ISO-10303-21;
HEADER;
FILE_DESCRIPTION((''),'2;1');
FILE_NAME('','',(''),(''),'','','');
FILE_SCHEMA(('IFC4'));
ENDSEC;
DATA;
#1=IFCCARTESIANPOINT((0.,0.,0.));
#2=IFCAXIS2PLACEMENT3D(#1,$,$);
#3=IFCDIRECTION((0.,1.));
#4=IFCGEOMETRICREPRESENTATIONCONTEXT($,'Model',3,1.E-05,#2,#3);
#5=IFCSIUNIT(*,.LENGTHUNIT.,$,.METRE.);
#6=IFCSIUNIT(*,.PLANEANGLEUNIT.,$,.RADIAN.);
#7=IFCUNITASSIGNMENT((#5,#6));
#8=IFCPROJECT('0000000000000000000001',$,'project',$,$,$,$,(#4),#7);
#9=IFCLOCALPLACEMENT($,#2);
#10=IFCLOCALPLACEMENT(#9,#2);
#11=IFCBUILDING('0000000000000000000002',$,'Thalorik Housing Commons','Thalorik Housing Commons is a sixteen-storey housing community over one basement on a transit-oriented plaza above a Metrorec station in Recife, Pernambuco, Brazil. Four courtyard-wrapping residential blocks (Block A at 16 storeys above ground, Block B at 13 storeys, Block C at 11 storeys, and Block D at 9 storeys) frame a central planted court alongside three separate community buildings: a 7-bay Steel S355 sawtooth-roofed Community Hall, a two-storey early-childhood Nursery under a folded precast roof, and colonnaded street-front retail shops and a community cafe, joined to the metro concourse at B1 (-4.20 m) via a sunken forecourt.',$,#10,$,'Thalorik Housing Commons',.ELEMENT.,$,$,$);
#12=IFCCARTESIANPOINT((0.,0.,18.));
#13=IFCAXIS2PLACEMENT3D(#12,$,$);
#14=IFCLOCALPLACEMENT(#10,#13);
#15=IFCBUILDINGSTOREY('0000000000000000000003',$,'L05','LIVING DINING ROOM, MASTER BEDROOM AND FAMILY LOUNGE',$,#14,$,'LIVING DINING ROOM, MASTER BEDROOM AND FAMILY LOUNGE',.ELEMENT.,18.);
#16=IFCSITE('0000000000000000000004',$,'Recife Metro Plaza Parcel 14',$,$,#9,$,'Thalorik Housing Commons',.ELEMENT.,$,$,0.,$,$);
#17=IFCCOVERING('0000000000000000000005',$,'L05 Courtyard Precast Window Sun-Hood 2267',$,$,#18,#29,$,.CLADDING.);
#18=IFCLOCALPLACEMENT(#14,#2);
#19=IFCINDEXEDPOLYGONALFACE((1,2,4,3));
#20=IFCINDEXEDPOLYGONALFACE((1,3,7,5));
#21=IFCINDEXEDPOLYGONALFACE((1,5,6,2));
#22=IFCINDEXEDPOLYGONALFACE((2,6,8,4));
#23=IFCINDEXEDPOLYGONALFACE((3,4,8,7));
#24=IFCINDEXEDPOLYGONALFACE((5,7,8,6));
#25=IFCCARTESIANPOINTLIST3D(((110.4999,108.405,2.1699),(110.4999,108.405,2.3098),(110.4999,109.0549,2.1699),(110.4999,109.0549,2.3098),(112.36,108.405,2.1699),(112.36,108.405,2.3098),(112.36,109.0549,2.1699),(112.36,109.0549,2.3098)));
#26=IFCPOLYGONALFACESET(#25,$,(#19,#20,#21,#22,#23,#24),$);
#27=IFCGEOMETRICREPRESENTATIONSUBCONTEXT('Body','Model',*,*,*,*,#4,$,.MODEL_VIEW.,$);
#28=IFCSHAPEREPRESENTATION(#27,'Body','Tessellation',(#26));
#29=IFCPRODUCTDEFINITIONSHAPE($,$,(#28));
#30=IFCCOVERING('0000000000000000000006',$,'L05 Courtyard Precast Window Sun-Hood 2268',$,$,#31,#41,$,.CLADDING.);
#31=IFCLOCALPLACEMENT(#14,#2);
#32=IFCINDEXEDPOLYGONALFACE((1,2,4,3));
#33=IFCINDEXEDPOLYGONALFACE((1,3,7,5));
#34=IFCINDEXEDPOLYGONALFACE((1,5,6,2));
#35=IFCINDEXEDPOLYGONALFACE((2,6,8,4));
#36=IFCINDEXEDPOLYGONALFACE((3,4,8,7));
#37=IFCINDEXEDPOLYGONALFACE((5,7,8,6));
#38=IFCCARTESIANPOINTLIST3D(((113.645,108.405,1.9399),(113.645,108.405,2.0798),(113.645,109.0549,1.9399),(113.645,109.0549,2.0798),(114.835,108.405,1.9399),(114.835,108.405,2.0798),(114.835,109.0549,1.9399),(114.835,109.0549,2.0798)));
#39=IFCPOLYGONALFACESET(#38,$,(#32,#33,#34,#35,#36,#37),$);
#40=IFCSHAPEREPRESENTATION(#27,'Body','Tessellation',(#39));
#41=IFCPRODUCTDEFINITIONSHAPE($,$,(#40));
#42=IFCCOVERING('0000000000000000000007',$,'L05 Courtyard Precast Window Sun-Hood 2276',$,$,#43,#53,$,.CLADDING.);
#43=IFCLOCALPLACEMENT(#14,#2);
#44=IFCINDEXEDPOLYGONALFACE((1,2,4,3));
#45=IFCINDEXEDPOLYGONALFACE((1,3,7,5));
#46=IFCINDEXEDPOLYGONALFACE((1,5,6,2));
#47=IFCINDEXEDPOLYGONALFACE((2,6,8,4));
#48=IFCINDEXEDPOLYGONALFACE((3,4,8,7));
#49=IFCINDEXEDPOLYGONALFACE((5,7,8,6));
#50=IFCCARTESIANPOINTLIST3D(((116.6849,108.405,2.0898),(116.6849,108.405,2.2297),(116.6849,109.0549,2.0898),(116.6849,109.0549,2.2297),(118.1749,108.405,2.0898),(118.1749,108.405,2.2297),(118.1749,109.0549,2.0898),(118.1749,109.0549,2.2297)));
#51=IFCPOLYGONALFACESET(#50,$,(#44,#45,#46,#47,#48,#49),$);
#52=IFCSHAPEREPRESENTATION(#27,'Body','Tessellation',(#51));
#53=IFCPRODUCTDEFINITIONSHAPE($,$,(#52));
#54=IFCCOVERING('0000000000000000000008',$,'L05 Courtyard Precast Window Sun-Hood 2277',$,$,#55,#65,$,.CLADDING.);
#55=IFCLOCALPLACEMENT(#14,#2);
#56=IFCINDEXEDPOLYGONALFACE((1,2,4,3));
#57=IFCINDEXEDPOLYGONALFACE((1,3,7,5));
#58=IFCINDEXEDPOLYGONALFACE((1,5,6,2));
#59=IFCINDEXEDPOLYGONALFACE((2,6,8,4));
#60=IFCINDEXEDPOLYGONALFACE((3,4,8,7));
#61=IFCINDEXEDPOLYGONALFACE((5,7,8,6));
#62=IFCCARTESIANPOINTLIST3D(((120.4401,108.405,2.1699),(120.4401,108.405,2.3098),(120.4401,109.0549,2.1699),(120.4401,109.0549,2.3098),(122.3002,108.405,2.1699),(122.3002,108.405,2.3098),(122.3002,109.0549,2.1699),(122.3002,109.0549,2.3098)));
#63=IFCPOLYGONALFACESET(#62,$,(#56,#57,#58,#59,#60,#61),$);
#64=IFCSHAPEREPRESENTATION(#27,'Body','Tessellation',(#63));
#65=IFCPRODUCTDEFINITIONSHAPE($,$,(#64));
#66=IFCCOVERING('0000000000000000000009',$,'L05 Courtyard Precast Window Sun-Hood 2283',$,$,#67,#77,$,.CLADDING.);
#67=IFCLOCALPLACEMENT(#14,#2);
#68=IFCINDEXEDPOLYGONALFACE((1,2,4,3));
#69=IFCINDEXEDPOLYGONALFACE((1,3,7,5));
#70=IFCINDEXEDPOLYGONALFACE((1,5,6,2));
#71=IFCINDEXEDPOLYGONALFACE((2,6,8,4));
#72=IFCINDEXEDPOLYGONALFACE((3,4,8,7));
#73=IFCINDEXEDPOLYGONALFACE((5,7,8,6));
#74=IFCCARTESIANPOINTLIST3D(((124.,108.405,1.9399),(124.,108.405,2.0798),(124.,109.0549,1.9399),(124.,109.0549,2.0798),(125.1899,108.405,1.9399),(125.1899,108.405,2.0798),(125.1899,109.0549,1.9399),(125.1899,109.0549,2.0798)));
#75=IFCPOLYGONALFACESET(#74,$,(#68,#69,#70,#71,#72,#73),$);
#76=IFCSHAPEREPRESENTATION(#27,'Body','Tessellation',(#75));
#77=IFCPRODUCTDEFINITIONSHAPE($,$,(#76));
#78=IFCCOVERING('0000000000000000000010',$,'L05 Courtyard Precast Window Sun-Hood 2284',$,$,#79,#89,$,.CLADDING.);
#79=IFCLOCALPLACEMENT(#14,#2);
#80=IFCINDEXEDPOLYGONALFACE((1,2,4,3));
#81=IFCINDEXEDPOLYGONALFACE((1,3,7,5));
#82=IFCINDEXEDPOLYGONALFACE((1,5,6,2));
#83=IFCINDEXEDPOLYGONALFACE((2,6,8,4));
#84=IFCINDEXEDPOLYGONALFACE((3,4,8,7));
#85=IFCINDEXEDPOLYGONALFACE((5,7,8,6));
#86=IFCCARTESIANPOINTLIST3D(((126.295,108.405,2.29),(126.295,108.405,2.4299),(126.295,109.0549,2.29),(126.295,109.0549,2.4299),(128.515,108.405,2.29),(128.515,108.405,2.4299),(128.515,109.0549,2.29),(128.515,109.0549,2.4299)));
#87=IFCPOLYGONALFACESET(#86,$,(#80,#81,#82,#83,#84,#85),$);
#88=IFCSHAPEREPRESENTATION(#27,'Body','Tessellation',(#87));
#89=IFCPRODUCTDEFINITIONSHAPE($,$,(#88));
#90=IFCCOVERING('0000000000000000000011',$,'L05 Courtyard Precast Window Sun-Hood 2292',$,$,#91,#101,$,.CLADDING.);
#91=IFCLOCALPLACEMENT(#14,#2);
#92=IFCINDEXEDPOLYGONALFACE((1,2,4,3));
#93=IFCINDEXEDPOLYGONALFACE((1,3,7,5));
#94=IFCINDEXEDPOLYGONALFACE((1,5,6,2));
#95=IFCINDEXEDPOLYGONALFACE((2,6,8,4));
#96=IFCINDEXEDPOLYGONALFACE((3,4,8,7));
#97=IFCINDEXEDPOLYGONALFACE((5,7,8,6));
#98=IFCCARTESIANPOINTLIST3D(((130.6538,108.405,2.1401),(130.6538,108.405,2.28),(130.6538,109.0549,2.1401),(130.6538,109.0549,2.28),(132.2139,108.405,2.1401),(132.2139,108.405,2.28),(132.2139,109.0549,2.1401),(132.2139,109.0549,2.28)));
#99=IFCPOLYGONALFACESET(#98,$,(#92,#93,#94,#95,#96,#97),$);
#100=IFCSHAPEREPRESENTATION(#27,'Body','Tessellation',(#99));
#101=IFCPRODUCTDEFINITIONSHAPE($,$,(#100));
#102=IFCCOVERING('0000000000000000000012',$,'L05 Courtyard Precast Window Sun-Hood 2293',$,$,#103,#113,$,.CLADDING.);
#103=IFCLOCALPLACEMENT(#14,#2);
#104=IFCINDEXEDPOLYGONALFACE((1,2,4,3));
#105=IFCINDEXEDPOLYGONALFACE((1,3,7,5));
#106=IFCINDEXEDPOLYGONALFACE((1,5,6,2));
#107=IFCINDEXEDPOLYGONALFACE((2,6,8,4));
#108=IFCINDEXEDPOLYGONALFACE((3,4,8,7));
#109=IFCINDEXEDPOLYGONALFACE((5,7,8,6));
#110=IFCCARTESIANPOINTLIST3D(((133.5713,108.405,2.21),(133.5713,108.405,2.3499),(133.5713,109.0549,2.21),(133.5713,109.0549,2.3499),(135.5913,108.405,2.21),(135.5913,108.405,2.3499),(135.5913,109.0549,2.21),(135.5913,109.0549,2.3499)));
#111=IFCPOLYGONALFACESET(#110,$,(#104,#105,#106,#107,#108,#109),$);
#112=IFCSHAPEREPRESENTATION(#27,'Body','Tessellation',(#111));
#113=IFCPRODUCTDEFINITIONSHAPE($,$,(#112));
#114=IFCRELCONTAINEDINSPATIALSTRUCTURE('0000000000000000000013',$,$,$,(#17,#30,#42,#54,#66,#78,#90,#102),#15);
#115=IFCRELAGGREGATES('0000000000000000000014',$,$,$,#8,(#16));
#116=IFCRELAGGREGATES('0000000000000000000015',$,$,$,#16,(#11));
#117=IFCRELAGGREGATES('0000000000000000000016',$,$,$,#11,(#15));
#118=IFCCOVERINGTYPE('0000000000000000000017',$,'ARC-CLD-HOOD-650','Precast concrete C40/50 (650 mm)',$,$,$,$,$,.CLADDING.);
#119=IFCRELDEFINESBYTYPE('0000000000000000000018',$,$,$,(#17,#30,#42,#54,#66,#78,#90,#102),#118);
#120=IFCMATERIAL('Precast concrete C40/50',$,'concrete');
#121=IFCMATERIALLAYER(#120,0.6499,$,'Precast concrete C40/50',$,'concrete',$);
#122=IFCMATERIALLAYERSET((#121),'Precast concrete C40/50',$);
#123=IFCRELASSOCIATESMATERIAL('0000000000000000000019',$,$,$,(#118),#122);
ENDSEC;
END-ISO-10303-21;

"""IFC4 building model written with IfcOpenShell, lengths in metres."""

from ifc_helpers import new_model, si_unit, direction, frame, origin, origin_2d, place, context, subcontext, project, spatial, rectangle, extrude, material, layer, layer_set, type_object, element, save


model = new_model("IFC4")

# Units and contexts
model_context = context("Model", 3, precision=1e-05, world=origin(), true_north=direction((0.0, 1.0)))
body_context = subcontext(model_context, "Body", "Model", "MODEL_VIEW")
ifc_project = project(units=[si_unit("LENGTHUNIT", "METRE"), si_unit("PLANEANGLEUNIT", "RADIAN")], contexts=[model_context])

# Site, building, storey
site_placement = place(None, origin())
site = spatial("IfcSite", under=ifc_project, at=site_placement, Name="Recife Metro Plaza Parcel 14", LongName="Thalorik Housing Commons", CompositionType="ELEMENT", RefElevation=0.0)
building_placement = place(site_placement, origin())
building = spatial("IfcBuilding", under=site, at=building_placement, Name="Thalorik Housing Commons", Description="Thalorik Housing Commons is a sixteen-storey housing community over one basement on a transit-oriented plaza above a Metrorec station in Recife, Pernambuco, Brazil. Four courtyard-wrapping residential blocks (Block A at 16 storeys above ground, Block B at 13 storeys, Block C at 11 storeys, and Block D at 9 storeys) frame a central planted court alongside three separate community buildings: a 7-bay Steel S355 sawtooth-roofed Community Hall, a two-storey early-childhood Nursery under a folded precast roof, and colonnaded street-front retail shops and a community cafe, joined to the metro concourse at B1 (-4.20 m) via a sunken forecourt.", LongName="Thalorik Housing Commons", CompositionType="ELEMENT")
storey_placement = place(building_placement, frame((0.0, 0.0, 18.0)))
storey = spatial("IfcBuildingStorey", under=building, at=storey_placement, Name="L05", Description="LIVING DINING ROOM, MASTER BEDROOM AND FAMILY LOUNGE", LongName="LIVING DINING ROOM, MASTER BEDROOM AND FAMILY LOUNGE", CompositionType="ELEMENT", Elevation=18.0)

# Coverings
ifc_material = material(Name="Precast concrete C40/50", Category="concrete")
ifc_layer_1 = layer(ifc_material, 0.6499, Name="Precast concrete C40/50", Category="concrete")
ifc_layer_set_1 = layer_set([ifc_layer_1], Name="Precast concrete C40/50")
covering_type_1 = type_object("IfcCoveringType", Name="ARC-CLD-HOOD-650", Description="Precast concrete C40/50 (650 mm)", PredefinedType="CLADDING", material=ifc_layer_set_1)
covering_1_placement = place(storey_placement, frame((111.4299, 108.73, 2.1699), z_axis=(0.0, 0.0, 1.0), x_axis=(1.0, 0.0, 0.0)))
element("IfcCovering", 1, at=covering_1_placement, inside=storey, type_object=covering_type_1, Name="L05 Courtyard Precast Window Sun-Hood 2267", PredefinedType="CLADDING", context=body_context, shape_type="SweptSolid", body=[
    extrude(rectangle(XDim=1.8601, YDim=0.6499, at=origin_2d()), origin(), (0.0, 0.0, 1.0), 0.1399),
])
covering_2_placement = place(storey_placement, frame((114.24, 108.73, 1.9399), z_axis=(0.0, 0.0, 1.0), x_axis=(1.0, 0.0, 0.0)))
element("IfcCovering", 2, at=covering_2_placement, inside=storey, type_object=covering_type_1, Name="L05 Courtyard Precast Window Sun-Hood 2268", PredefinedType="CLADDING", context=body_context, shape_type="SweptSolid", body=[
    extrude(rectangle(XDim=1.1899, YDim=0.6499, at=origin_2d()), origin(), (0.0, 0.0, 1.0), 0.1399),
])
covering_3_placement = place(storey_placement, frame((117.4299, 108.73, 2.0898), z_axis=(0.0, 0.0, 1.0), x_axis=(1.0, 0.0, 0.0)))
element("IfcCovering", 3, at=covering_3_placement, inside=storey, type_object=covering_type_1, Name="L05 Courtyard Precast Window Sun-Hood 2276", PredefinedType="CLADDING", context=body_context, shape_type="SweptSolid", body=[
    extrude(rectangle(XDim=1.49, YDim=0.6499, at=origin_2d()), origin(), (0.0, 0.0, 1.0), 0.1399),
])
covering_4_placement = place(storey_placement, frame((121.3701, 108.73, 2.1699), z_axis=(0.0, 0.0, 1.0), x_axis=(1.0, 0.0, 0.0)))
element("IfcCovering", 4, at=covering_4_placement, inside=storey, type_object=covering_type_1, Name="L05 Courtyard Precast Window Sun-Hood 2277", PredefinedType="CLADDING", context=body_context, shape_type="SweptSolid", body=[
    extrude(rectangle(XDim=1.8601, YDim=0.6499, at=origin_2d()), origin(), (0.0, 0.0, 1.0), 0.1399),
])
covering_5_placement = place(storey_placement, frame((124.595, 108.73, 1.9399), z_axis=(0.0, 0.0, 1.0), x_axis=(1.0, 0.0, 0.0)))
element("IfcCovering", 5, at=covering_5_placement, inside=storey, type_object=covering_type_1, Name="L05 Courtyard Precast Window Sun-Hood 2283", PredefinedType="CLADDING", context=body_context, shape_type="SweptSolid", body=[
    extrude(rectangle(XDim=1.1899, YDim=0.6499, at=origin_2d()), origin(), (0.0, 0.0, 1.0), 0.1399),
])
covering_6_placement = place(storey_placement, frame((127.405, 108.73, 2.29), z_axis=(0.0, 0.0, 1.0), x_axis=(1.0, 0.0, 0.0)))
element("IfcCovering", 6, at=covering_6_placement, inside=storey, type_object=covering_type_1, Name="L05 Courtyard Precast Window Sun-Hood 2284", PredefinedType="CLADDING", context=body_context, shape_type="SweptSolid", body=[
    extrude(rectangle(XDim=2.22, YDim=0.6499, at=origin_2d()), origin(), (0.0, 0.0, 1.0), 0.1399),
])
covering_7_placement = place(storey_placement, frame((131.4338, 108.73, 2.1401), z_axis=(0.0, 0.0, 1.0), x_axis=(1.0, 0.0, 0.0)))
element("IfcCovering", 7, at=covering_7_placement, inside=storey, type_object=covering_type_1, Name="L05 Courtyard Precast Window Sun-Hood 2292", PredefinedType="CLADDING", context=body_context, shape_type="SweptSolid", body=[
    extrude(rectangle(XDim=1.5601, YDim=0.6499, at=origin_2d()), origin(), (0.0, 0.0, 1.0), 0.1399),
])
covering_8_placement = place(storey_placement, frame((134.5813, 108.73, 2.21), z_axis=(0.0, 0.0, 1.0), x_axis=(1.0, 0.0, 0.0)))
element("IfcCovering", 8, at=covering_8_placement, inside=storey, type_object=covering_type_1, Name="L05 Courtyard Precast Window Sun-Hood 2293", PredefinedType="CLADDING", context=body_context, shape_type="SweptSolid", body=[
    extrude(rectangle(XDim=2.02, YDim=0.6499, at=origin_2d()), origin(), (0.0, 0.0, 1.0), 0.1399),
])

save(model, "model.ifc")
